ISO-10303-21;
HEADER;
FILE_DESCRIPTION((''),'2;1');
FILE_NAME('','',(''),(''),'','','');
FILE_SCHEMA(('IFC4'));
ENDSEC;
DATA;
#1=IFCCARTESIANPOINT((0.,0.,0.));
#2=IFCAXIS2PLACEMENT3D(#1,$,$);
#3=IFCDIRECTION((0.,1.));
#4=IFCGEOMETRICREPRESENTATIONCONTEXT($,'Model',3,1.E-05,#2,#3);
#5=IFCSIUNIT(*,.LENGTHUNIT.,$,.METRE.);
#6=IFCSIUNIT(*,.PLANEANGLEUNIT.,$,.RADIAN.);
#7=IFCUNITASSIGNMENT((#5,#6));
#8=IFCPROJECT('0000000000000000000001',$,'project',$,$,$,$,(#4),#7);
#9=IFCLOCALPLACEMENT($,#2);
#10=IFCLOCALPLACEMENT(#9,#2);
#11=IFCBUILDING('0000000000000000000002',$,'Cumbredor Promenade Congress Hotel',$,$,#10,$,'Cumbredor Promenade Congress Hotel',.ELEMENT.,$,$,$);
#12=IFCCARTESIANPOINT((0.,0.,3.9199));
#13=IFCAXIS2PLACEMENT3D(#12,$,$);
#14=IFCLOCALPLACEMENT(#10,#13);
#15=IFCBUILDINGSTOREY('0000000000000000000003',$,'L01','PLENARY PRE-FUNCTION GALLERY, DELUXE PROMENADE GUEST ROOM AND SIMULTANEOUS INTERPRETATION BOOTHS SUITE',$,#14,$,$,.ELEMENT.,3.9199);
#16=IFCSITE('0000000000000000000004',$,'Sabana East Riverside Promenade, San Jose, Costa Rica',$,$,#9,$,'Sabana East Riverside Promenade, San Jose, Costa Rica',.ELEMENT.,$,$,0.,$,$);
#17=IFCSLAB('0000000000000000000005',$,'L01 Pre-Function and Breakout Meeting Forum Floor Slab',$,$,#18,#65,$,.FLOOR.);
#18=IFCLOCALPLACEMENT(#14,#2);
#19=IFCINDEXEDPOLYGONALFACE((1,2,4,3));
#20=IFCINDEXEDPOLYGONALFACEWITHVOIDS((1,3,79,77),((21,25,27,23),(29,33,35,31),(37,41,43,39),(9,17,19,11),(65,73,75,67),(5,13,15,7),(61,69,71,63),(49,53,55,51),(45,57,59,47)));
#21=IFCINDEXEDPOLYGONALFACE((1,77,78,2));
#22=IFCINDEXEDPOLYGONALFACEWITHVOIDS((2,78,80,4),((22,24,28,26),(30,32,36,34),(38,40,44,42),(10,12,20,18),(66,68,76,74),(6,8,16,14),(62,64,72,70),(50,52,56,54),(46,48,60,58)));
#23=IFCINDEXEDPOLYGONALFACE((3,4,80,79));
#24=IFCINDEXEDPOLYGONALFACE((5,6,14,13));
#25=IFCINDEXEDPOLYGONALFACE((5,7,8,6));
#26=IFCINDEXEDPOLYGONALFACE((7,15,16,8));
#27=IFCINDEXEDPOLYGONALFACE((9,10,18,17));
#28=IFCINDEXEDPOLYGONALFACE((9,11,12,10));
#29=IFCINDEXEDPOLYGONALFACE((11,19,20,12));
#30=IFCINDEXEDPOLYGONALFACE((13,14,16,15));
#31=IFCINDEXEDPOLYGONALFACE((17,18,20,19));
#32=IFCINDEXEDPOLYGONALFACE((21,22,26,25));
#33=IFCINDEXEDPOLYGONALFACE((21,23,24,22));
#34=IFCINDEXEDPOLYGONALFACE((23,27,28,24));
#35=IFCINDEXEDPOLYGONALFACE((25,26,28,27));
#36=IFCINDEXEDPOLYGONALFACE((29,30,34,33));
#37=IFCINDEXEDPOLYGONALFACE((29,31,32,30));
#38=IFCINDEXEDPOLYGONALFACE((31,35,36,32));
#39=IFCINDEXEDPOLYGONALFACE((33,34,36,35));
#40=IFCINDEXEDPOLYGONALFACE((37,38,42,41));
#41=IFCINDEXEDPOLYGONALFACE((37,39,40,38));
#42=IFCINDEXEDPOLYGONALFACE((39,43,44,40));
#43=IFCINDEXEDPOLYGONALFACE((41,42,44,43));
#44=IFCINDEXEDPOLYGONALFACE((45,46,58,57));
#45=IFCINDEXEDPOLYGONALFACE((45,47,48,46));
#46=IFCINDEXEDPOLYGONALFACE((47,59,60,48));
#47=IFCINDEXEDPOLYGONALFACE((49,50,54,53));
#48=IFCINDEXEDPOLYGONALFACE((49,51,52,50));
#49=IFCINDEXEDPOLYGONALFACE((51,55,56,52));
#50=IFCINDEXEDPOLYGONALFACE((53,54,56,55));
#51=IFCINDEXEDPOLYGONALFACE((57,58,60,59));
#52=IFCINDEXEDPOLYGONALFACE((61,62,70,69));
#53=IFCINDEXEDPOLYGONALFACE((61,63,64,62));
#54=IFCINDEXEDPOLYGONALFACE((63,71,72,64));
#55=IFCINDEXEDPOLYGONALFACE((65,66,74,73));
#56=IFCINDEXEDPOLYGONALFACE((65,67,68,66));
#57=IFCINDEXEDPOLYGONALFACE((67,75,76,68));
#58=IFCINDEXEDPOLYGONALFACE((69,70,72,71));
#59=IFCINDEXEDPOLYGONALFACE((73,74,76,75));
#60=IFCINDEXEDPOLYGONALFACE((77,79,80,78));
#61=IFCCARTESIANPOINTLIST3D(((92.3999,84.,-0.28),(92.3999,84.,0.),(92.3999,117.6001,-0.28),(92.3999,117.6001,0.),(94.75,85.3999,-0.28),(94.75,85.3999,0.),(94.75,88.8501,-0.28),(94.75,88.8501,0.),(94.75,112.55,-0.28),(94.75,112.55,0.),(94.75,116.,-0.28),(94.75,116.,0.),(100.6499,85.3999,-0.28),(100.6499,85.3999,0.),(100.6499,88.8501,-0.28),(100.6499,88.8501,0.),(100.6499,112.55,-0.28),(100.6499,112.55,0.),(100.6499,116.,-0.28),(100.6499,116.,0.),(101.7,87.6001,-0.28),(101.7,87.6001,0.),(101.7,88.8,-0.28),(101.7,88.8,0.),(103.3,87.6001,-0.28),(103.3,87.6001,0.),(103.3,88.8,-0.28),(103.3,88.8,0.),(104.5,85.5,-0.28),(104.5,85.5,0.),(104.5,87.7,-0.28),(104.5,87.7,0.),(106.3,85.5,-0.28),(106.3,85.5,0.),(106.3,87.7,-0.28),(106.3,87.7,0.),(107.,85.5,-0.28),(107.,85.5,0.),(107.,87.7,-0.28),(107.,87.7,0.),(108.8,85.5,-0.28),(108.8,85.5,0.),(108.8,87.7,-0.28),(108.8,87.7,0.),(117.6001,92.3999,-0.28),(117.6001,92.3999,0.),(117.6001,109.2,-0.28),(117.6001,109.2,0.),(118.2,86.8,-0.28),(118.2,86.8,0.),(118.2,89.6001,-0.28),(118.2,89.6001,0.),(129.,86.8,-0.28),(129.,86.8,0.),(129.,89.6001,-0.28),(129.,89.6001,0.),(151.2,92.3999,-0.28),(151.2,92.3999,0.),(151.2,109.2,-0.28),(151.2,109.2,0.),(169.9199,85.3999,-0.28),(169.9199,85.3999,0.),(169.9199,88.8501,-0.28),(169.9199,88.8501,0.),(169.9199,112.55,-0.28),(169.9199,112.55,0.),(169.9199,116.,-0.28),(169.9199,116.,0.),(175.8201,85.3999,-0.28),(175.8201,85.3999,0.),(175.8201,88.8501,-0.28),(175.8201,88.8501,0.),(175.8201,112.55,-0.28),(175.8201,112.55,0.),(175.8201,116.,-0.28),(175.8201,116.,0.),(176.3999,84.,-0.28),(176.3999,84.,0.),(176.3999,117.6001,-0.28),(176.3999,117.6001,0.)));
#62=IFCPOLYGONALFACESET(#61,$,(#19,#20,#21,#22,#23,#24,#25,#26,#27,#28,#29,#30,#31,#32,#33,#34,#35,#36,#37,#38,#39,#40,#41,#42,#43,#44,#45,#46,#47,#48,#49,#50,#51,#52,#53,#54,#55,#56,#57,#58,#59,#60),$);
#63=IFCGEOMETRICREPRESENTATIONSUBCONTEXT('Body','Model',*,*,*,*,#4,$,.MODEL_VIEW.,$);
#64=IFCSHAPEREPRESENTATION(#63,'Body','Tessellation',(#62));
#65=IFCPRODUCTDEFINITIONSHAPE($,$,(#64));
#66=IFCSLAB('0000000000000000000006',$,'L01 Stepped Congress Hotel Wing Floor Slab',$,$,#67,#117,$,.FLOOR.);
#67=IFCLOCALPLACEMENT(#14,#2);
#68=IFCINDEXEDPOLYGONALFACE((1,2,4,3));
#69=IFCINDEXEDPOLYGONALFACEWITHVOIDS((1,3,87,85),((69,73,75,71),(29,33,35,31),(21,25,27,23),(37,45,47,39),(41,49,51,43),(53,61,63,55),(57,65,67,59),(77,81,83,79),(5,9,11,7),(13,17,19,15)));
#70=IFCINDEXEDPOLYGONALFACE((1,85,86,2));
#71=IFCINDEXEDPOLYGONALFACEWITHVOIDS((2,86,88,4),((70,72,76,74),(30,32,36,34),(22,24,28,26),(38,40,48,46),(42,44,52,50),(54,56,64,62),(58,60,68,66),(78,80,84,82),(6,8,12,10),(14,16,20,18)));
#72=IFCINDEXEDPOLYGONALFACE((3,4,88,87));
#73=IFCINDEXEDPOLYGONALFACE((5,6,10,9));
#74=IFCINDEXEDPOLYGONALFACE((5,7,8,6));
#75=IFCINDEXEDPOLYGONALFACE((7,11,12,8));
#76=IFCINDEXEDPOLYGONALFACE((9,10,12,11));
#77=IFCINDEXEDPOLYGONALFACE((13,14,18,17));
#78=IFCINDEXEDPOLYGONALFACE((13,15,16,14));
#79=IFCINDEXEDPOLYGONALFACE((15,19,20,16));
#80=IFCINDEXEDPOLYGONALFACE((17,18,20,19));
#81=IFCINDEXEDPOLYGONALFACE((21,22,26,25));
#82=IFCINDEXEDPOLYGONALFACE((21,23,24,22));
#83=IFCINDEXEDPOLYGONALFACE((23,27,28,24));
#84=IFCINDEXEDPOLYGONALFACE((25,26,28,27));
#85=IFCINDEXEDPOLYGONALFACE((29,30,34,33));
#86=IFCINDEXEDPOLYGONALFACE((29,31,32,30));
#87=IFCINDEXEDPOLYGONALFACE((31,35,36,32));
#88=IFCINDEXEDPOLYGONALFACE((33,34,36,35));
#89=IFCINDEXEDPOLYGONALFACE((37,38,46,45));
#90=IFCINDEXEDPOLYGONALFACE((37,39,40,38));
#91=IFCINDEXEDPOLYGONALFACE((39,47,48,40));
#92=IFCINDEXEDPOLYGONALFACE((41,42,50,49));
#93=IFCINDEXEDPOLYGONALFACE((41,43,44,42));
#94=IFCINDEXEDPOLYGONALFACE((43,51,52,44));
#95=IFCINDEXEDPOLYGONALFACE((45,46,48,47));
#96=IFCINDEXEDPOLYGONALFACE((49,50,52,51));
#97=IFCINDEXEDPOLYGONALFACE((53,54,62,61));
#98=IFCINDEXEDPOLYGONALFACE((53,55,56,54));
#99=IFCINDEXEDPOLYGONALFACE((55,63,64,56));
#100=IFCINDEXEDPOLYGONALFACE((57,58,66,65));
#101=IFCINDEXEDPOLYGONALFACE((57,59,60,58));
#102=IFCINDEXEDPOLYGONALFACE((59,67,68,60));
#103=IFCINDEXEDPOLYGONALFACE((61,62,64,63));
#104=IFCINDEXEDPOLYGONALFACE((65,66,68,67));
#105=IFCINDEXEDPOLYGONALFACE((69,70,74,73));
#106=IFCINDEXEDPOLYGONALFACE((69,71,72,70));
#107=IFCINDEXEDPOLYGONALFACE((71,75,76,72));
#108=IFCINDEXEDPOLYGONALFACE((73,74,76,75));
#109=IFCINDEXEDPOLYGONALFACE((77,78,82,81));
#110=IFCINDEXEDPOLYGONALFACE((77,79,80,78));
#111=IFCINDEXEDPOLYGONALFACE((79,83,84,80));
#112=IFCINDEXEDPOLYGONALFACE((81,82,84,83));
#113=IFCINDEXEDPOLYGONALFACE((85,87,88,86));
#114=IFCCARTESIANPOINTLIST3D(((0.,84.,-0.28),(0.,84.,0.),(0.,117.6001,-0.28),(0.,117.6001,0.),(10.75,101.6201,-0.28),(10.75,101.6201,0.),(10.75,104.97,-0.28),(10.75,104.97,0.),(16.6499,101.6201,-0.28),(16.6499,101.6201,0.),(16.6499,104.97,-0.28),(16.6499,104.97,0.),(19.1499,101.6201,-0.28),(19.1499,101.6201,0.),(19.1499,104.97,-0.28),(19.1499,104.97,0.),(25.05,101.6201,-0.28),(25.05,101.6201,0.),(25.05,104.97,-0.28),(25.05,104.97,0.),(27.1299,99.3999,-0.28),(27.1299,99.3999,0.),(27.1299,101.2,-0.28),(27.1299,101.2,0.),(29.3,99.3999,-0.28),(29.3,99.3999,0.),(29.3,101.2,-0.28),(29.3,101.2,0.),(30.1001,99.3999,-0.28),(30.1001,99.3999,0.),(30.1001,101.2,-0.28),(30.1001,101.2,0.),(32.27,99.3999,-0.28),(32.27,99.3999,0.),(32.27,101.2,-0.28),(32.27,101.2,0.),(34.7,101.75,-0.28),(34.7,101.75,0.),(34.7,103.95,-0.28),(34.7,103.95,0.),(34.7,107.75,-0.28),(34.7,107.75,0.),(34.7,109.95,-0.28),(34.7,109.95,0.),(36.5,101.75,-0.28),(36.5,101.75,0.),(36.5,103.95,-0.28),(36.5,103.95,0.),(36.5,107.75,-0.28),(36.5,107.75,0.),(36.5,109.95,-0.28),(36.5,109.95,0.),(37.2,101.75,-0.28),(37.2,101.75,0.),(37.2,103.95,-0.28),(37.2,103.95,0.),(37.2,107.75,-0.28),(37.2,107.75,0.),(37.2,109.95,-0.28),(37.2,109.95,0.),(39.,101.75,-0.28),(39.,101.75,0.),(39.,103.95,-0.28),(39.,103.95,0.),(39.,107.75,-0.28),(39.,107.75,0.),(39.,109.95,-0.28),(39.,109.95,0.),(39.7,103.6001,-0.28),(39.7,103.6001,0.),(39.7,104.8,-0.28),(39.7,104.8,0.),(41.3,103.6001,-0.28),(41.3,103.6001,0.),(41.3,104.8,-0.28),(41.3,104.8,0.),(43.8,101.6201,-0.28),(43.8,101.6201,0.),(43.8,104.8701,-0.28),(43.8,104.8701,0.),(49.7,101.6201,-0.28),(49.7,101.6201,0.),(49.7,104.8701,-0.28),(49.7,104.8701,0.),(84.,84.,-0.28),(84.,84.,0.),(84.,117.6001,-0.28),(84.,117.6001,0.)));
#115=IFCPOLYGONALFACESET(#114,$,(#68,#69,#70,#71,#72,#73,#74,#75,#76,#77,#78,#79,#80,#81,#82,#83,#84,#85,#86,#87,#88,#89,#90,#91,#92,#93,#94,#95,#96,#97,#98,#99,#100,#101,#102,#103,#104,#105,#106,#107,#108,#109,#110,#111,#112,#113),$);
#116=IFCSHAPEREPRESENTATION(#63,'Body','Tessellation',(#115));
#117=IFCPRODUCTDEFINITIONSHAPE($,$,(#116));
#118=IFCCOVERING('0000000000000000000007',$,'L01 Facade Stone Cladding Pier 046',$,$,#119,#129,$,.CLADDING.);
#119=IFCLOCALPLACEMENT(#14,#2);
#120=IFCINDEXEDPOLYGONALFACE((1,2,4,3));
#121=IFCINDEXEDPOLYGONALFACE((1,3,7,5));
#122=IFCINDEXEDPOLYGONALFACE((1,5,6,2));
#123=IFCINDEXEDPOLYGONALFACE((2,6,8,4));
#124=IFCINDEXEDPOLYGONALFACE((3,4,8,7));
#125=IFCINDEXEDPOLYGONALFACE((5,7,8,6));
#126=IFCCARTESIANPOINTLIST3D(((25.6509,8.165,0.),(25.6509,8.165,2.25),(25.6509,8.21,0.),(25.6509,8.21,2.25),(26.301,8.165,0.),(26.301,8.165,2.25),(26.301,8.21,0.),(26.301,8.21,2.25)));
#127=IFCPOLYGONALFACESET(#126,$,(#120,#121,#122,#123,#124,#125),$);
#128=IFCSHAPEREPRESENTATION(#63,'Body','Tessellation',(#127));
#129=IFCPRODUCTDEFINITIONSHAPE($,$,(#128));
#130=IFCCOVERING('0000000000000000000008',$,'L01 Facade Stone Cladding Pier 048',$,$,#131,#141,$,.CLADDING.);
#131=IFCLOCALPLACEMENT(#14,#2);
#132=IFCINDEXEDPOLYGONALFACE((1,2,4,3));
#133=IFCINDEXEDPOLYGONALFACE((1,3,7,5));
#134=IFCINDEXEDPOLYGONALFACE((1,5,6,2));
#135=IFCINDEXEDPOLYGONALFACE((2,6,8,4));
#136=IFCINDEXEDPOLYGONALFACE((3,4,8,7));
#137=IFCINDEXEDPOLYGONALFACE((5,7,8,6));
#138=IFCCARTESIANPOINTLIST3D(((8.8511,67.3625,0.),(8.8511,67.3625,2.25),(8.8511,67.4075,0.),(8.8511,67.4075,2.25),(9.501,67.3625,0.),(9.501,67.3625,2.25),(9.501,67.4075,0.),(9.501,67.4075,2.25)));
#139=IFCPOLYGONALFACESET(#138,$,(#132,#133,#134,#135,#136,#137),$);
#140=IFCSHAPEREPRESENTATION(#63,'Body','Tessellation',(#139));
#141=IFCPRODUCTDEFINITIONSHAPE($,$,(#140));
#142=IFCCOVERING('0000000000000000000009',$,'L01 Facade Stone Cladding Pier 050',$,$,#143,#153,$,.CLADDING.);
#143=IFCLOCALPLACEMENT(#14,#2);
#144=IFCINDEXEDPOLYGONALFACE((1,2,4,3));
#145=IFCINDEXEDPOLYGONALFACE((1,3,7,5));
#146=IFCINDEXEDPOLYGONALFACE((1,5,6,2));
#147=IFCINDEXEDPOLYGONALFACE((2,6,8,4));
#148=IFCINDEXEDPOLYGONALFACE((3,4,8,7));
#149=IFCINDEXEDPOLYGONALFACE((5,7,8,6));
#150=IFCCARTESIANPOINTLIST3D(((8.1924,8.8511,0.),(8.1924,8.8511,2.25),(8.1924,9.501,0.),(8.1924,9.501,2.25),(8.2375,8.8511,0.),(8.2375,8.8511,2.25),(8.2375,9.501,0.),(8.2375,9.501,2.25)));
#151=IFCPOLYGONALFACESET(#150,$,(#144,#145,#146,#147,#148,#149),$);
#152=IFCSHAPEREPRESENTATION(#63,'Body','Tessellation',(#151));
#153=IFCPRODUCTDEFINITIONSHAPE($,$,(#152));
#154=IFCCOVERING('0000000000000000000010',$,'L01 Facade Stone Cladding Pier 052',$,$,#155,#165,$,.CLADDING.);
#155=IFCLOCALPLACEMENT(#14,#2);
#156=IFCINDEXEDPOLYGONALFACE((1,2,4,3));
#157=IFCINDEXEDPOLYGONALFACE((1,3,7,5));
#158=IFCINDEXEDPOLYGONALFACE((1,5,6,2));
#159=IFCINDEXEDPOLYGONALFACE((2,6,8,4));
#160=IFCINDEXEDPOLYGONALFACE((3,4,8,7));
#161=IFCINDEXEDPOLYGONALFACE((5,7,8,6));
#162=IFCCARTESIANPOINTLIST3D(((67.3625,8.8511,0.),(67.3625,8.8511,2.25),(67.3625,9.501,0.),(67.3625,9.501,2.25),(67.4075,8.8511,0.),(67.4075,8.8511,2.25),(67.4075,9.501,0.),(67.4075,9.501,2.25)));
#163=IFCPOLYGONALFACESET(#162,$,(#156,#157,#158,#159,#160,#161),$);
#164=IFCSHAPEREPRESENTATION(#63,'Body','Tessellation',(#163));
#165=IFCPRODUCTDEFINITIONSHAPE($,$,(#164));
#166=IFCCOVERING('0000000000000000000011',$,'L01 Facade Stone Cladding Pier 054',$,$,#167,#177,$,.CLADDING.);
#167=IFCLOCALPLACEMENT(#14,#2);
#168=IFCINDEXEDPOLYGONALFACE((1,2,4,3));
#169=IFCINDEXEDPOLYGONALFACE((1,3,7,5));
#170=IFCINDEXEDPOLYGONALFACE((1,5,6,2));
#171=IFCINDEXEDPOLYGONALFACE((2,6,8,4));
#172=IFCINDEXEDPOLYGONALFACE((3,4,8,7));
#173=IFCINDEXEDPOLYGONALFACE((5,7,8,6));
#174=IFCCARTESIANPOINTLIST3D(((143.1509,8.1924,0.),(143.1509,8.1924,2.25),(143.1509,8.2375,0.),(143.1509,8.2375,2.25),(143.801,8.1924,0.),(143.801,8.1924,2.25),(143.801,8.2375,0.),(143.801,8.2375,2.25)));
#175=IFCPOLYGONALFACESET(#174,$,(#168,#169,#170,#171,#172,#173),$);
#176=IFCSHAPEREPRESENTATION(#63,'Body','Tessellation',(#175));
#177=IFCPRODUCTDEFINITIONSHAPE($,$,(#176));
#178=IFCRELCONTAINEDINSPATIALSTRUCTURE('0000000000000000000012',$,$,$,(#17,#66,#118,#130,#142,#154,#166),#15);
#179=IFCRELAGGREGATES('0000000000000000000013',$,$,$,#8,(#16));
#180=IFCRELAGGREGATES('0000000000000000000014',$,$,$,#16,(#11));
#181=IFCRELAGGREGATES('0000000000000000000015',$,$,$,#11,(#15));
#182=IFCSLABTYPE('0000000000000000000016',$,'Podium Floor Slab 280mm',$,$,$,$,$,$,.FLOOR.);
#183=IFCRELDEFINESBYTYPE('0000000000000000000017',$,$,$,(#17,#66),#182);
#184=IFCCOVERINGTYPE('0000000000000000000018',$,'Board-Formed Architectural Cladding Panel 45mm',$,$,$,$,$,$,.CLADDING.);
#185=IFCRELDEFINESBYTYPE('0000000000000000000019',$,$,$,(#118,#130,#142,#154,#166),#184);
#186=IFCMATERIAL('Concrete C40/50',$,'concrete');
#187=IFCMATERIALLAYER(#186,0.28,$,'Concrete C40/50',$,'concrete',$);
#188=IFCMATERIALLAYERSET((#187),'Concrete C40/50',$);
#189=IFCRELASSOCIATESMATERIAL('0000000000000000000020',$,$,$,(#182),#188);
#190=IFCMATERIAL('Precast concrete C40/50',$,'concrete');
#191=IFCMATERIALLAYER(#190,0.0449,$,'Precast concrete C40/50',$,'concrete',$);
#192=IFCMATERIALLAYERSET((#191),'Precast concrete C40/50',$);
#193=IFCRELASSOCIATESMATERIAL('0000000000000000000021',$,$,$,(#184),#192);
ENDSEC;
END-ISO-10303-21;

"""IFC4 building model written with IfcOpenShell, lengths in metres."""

from ifc_helpers import new_model, si_unit, direction, frame, origin, place, context, subcontext, project, spatial, polyline, outline, extrude, material, layer, layer_set, type_object, element, save


model = new_model("IFC4")

# Units and contexts
model_context = context("Model", 3, precision=1e-05, world=origin(), true_north=direction((0.0, 1.0)))
body_context = subcontext(model_context, "Body", "Model", "MODEL_VIEW")
ifc_project = project(units=[si_unit("LENGTHUNIT", "METRE"), si_unit("PLANEANGLEUNIT", "RADIAN")], contexts=[model_context])

# Site, building, storey
site_placement = place(None, origin())
site = spatial("IfcSite", under=ifc_project, at=site_placement, Name="Sabana East Riverside Promenade, San Jose, Costa Rica", LongName="Sabana East Riverside Promenade, San Jose, Costa Rica", CompositionType="ELEMENT", RefElevation=0.0)
building_placement = place(site_placement, origin())
building = spatial("IfcBuilding", under=site, at=building_placement, Name="Cumbredor Promenade Congress Hotel", LongName="Cumbredor Promenade Congress Hotel", CompositionType="ELEMENT")
storey_placement = place(building_placement, frame((0.0, 0.0, 3.9199)))
storey = spatial("IfcBuildingStorey", under=building, at=storey_placement, Name="L01", Description="PLENARY PRE-FUNCTION GALLERY, DELUXE PROMENADE GUEST ROOM AND SIMULTANEOUS INTERPRETATION BOOTHS SUITE", CompositionType="ELEMENT", Elevation=3.9199)

# Slabs
ifc_material_1 = material(Name="Concrete C40/50", Category="concrete")
ifc_layer_1 = layer(ifc_material_1, 0.28, Name="Concrete C40/50", Category="concrete")
ifc_layer_set_1 = layer_set([ifc_layer_1], Name="Concrete C40/50")
slab_type_1 = type_object("IfcSlabType", Name="Podium Floor Slab 280mm", PredefinedType="FLOOR", material=ifc_layer_set_1)
slab_1_placement = place(storey_placement, frame((0.0, 0.0, -0.28)))
element("IfcSlab", 1, at=slab_1_placement, inside=storey, type_object=slab_type_1, Name="L01 Pre-Function and Breakout Meeting Forum Floor Slab", PredefinedType="FLOOR", context=body_context, shape_type="SweptSolid", body=[
    extrude(outline(polyline([(92.3999, 84.0), (176.3999, 84.0), (176.3999, 117.6001), (92.3999, 117.6001), (92.3999, 84.0)]), holes=[polyline([(94.75, 85.3999), (100.6499, 85.3999), (100.6499, 88.8501), (94.75, 88.8501), (94.75, 85.3999)]), polyline([(169.9199, 85.3999), (175.8201, 85.3999), (175.8201, 88.8501), (169.9199, 88.8501), (169.9199, 85.3999)]), polyline([(94.75, 112.55), (100.6499, 112.55), (100.6499, 116.0), (94.75, 116.0), (94.75, 112.55)]), polyline([(169.9199, 112.55), (175.8201, 112.55), (175.8201, 116.0), (169.9199, 116.0), (169.9199, 112.55)]), polyline([(104.5, 85.5), (106.3, 85.5), (106.3, 87.7), (104.5, 87.7), (104.5, 85.5)]), polyline([(107.0, 85.5), (108.8, 85.5), (108.8, 87.7), (107.0, 87.7), (107.0, 85.5)]), polyline([(101.7, 87.6001), (103.3, 87.6001), (103.3, 88.8), (101.7, 88.8), (101.7, 87.6001)]), polyline([(118.2, 86.8), (129.0, 86.8), (129.0, 89.6001), (118.2, 89.6001), (118.2, 86.8)]), polyline([(117.6001, 92.3999), (151.2, 92.3999), (151.2, 109.2), (117.6001, 109.2), (117.6001, 92.3999)])]), origin(), (0.0, 0.0, 1.0), 0.28),
])
slab_2_placement = place(storey_placement, frame((0.0, 0.0, -0.28)))
element("IfcSlab", 2, at=slab_2_placement, inside=storey, type_object=slab_type_1, Name="L01 Stepped Congress Hotel Wing Floor Slab", PredefinedType="FLOOR", context=body_context, shape_type="SweptSolid", body=[
    extrude(outline(polyline([(0.0, 84.0), (84.0, 84.0), (84.0, 117.6001), (0.0, 117.6001), (0.0, 84.0)]), holes=[polyline([(10.75, 101.6201), (16.6499, 101.6201), (16.6499, 104.97), (10.75, 104.97), (10.75, 101.6201)]), polyline([(19.1499, 101.6201), (25.05, 101.6201), (25.05, 104.97), (19.1499, 104.97), (19.1499, 101.6201)]), polyline([(43.8, 101.6201), (49.7, 101.6201), (49.7, 104.8701), (43.8, 104.8701), (43.8, 101.6201)]), polyline([(27.1299, 99.3999), (29.3, 99.3999), (29.3, 101.2), (27.1299, 101.2), (27.1299, 99.3999)]), polyline([(30.1001, 99.3999), (32.27, 99.3999), (32.27, 101.2), (30.1001, 101.2), (30.1001, 99.3999)]), polyline([(34.7, 107.75), (36.5, 107.75), (36.5, 109.95), (34.7, 109.95), (34.7, 107.75)]), polyline([(37.2, 107.75), (39.0, 107.75), (39.0, 109.95), (37.2, 109.95), (37.2, 107.75)]), polyline([(34.7, 101.75), (36.5, 101.75), (36.5, 103.95), (34.7, 103.95), (34.7, 101.75)]), polyline([(37.2, 101.75), (39.0, 101.75), (39.0, 103.95), (37.2, 103.95), (37.2, 101.75)]), polyline([(39.7, 103.6001), (41.3, 103.6001), (41.3, 104.8), (39.7, 104.8), (39.7, 103.6001)])]), origin(), (0.0, 0.0, 1.0), 0.28),
])

# Coverings
ifc_material_2 = material(Name="Precast concrete C40/50", Category="concrete")
ifc_layer_2 = layer(ifc_material_2, 0.0449, Name="Precast concrete C40/50", Category="concrete")
ifc_layer_set_2 = layer_set([ifc_layer_2], Name="Precast concrete C40/50")
covering_type_1 = type_object("IfcCoveringType", Name="Board-Formed Architectural Cladding Panel 45mm", PredefinedType="CLADDING", material=ifc_layer_set_2)
covering_1_placement = place(storey_placement, origin())
element("IfcCovering", 3, at=covering_1_placement, inside=storey, type_object=covering_type_1, Name="L01 Facade Stone Cladding Pier 046", PredefinedType="CLADDING", context=body_context, shape_type="SweptSolid", body=[
    extrude(outline(polyline([(25.6509, 8.21), (26.301, 8.21), (26.301, 8.165), (25.6509, 8.165), (25.6509, 8.21)])), origin(), (0.0, 0.0, 1.0), 2.25),
])
covering_2_placement = place(storey_placement, origin())
element("IfcCovering", 4, at=covering_2_placement, inside=storey, type_object=covering_type_1, Name="L01 Facade Stone Cladding Pier 048", PredefinedType="CLADDING", context=body_context, shape_type="SweptSolid", body=[
    extrude(outline(polyline([(8.8511, 67.3625), (9.501, 67.3625), (9.501, 67.4075), (8.8511, 67.4075), (8.8511, 67.3625)])), origin(), (0.0, 0.0, 1.0), 2.25),
])
covering_3_placement = place(storey_placement, origin())
element("IfcCovering", 5, at=covering_3_placement, inside=storey, type_object=covering_type_1, Name="L01 Facade Stone Cladding Pier 050", PredefinedType="CLADDING", context=body_context, shape_type="SweptSolid", body=[
    extrude(outline(polyline([(8.2375, 8.8511), (8.2375, 9.501), (8.1924, 9.501), (8.1924, 8.8511), (8.2375, 8.8511)])), origin(), (0.0, 0.0, 1.0), 2.25),
])
covering_4_placement = place(storey_placement, origin())
element("IfcCovering", 6, at=covering_4_placement, inside=storey, type_object=covering_type_1, Name="L01 Facade Stone Cladding Pier 052", PredefinedType="CLADDING", context=body_context, shape_type="SweptSolid", body=[
    extrude(outline(polyline([(67.3625, 8.8511), (67.3625, 9.501), (67.4075, 9.501), (67.4075, 8.8511), (67.3625, 8.8511)])), origin(), (0.0, 0.0, 1.0), 2.25),
])
covering_5_placement = place(storey_placement, origin())
element("IfcCovering", 7, at=covering_5_placement, inside=storey, type_object=covering_type_1, Name="L01 Facade Stone Cladding Pier 054", PredefinedType="CLADDING", context=body_context, shape_type="SweptSolid", body=[
    extrude(outline(polyline([(143.1509, 8.2375), (143.801, 8.2375), (143.801, 8.1924), (143.1509, 8.1924), (143.1509, 8.2375)])), origin(), (0.0, 0.0, 1.0), 2.25),
])

save(model, "model.ifc")
